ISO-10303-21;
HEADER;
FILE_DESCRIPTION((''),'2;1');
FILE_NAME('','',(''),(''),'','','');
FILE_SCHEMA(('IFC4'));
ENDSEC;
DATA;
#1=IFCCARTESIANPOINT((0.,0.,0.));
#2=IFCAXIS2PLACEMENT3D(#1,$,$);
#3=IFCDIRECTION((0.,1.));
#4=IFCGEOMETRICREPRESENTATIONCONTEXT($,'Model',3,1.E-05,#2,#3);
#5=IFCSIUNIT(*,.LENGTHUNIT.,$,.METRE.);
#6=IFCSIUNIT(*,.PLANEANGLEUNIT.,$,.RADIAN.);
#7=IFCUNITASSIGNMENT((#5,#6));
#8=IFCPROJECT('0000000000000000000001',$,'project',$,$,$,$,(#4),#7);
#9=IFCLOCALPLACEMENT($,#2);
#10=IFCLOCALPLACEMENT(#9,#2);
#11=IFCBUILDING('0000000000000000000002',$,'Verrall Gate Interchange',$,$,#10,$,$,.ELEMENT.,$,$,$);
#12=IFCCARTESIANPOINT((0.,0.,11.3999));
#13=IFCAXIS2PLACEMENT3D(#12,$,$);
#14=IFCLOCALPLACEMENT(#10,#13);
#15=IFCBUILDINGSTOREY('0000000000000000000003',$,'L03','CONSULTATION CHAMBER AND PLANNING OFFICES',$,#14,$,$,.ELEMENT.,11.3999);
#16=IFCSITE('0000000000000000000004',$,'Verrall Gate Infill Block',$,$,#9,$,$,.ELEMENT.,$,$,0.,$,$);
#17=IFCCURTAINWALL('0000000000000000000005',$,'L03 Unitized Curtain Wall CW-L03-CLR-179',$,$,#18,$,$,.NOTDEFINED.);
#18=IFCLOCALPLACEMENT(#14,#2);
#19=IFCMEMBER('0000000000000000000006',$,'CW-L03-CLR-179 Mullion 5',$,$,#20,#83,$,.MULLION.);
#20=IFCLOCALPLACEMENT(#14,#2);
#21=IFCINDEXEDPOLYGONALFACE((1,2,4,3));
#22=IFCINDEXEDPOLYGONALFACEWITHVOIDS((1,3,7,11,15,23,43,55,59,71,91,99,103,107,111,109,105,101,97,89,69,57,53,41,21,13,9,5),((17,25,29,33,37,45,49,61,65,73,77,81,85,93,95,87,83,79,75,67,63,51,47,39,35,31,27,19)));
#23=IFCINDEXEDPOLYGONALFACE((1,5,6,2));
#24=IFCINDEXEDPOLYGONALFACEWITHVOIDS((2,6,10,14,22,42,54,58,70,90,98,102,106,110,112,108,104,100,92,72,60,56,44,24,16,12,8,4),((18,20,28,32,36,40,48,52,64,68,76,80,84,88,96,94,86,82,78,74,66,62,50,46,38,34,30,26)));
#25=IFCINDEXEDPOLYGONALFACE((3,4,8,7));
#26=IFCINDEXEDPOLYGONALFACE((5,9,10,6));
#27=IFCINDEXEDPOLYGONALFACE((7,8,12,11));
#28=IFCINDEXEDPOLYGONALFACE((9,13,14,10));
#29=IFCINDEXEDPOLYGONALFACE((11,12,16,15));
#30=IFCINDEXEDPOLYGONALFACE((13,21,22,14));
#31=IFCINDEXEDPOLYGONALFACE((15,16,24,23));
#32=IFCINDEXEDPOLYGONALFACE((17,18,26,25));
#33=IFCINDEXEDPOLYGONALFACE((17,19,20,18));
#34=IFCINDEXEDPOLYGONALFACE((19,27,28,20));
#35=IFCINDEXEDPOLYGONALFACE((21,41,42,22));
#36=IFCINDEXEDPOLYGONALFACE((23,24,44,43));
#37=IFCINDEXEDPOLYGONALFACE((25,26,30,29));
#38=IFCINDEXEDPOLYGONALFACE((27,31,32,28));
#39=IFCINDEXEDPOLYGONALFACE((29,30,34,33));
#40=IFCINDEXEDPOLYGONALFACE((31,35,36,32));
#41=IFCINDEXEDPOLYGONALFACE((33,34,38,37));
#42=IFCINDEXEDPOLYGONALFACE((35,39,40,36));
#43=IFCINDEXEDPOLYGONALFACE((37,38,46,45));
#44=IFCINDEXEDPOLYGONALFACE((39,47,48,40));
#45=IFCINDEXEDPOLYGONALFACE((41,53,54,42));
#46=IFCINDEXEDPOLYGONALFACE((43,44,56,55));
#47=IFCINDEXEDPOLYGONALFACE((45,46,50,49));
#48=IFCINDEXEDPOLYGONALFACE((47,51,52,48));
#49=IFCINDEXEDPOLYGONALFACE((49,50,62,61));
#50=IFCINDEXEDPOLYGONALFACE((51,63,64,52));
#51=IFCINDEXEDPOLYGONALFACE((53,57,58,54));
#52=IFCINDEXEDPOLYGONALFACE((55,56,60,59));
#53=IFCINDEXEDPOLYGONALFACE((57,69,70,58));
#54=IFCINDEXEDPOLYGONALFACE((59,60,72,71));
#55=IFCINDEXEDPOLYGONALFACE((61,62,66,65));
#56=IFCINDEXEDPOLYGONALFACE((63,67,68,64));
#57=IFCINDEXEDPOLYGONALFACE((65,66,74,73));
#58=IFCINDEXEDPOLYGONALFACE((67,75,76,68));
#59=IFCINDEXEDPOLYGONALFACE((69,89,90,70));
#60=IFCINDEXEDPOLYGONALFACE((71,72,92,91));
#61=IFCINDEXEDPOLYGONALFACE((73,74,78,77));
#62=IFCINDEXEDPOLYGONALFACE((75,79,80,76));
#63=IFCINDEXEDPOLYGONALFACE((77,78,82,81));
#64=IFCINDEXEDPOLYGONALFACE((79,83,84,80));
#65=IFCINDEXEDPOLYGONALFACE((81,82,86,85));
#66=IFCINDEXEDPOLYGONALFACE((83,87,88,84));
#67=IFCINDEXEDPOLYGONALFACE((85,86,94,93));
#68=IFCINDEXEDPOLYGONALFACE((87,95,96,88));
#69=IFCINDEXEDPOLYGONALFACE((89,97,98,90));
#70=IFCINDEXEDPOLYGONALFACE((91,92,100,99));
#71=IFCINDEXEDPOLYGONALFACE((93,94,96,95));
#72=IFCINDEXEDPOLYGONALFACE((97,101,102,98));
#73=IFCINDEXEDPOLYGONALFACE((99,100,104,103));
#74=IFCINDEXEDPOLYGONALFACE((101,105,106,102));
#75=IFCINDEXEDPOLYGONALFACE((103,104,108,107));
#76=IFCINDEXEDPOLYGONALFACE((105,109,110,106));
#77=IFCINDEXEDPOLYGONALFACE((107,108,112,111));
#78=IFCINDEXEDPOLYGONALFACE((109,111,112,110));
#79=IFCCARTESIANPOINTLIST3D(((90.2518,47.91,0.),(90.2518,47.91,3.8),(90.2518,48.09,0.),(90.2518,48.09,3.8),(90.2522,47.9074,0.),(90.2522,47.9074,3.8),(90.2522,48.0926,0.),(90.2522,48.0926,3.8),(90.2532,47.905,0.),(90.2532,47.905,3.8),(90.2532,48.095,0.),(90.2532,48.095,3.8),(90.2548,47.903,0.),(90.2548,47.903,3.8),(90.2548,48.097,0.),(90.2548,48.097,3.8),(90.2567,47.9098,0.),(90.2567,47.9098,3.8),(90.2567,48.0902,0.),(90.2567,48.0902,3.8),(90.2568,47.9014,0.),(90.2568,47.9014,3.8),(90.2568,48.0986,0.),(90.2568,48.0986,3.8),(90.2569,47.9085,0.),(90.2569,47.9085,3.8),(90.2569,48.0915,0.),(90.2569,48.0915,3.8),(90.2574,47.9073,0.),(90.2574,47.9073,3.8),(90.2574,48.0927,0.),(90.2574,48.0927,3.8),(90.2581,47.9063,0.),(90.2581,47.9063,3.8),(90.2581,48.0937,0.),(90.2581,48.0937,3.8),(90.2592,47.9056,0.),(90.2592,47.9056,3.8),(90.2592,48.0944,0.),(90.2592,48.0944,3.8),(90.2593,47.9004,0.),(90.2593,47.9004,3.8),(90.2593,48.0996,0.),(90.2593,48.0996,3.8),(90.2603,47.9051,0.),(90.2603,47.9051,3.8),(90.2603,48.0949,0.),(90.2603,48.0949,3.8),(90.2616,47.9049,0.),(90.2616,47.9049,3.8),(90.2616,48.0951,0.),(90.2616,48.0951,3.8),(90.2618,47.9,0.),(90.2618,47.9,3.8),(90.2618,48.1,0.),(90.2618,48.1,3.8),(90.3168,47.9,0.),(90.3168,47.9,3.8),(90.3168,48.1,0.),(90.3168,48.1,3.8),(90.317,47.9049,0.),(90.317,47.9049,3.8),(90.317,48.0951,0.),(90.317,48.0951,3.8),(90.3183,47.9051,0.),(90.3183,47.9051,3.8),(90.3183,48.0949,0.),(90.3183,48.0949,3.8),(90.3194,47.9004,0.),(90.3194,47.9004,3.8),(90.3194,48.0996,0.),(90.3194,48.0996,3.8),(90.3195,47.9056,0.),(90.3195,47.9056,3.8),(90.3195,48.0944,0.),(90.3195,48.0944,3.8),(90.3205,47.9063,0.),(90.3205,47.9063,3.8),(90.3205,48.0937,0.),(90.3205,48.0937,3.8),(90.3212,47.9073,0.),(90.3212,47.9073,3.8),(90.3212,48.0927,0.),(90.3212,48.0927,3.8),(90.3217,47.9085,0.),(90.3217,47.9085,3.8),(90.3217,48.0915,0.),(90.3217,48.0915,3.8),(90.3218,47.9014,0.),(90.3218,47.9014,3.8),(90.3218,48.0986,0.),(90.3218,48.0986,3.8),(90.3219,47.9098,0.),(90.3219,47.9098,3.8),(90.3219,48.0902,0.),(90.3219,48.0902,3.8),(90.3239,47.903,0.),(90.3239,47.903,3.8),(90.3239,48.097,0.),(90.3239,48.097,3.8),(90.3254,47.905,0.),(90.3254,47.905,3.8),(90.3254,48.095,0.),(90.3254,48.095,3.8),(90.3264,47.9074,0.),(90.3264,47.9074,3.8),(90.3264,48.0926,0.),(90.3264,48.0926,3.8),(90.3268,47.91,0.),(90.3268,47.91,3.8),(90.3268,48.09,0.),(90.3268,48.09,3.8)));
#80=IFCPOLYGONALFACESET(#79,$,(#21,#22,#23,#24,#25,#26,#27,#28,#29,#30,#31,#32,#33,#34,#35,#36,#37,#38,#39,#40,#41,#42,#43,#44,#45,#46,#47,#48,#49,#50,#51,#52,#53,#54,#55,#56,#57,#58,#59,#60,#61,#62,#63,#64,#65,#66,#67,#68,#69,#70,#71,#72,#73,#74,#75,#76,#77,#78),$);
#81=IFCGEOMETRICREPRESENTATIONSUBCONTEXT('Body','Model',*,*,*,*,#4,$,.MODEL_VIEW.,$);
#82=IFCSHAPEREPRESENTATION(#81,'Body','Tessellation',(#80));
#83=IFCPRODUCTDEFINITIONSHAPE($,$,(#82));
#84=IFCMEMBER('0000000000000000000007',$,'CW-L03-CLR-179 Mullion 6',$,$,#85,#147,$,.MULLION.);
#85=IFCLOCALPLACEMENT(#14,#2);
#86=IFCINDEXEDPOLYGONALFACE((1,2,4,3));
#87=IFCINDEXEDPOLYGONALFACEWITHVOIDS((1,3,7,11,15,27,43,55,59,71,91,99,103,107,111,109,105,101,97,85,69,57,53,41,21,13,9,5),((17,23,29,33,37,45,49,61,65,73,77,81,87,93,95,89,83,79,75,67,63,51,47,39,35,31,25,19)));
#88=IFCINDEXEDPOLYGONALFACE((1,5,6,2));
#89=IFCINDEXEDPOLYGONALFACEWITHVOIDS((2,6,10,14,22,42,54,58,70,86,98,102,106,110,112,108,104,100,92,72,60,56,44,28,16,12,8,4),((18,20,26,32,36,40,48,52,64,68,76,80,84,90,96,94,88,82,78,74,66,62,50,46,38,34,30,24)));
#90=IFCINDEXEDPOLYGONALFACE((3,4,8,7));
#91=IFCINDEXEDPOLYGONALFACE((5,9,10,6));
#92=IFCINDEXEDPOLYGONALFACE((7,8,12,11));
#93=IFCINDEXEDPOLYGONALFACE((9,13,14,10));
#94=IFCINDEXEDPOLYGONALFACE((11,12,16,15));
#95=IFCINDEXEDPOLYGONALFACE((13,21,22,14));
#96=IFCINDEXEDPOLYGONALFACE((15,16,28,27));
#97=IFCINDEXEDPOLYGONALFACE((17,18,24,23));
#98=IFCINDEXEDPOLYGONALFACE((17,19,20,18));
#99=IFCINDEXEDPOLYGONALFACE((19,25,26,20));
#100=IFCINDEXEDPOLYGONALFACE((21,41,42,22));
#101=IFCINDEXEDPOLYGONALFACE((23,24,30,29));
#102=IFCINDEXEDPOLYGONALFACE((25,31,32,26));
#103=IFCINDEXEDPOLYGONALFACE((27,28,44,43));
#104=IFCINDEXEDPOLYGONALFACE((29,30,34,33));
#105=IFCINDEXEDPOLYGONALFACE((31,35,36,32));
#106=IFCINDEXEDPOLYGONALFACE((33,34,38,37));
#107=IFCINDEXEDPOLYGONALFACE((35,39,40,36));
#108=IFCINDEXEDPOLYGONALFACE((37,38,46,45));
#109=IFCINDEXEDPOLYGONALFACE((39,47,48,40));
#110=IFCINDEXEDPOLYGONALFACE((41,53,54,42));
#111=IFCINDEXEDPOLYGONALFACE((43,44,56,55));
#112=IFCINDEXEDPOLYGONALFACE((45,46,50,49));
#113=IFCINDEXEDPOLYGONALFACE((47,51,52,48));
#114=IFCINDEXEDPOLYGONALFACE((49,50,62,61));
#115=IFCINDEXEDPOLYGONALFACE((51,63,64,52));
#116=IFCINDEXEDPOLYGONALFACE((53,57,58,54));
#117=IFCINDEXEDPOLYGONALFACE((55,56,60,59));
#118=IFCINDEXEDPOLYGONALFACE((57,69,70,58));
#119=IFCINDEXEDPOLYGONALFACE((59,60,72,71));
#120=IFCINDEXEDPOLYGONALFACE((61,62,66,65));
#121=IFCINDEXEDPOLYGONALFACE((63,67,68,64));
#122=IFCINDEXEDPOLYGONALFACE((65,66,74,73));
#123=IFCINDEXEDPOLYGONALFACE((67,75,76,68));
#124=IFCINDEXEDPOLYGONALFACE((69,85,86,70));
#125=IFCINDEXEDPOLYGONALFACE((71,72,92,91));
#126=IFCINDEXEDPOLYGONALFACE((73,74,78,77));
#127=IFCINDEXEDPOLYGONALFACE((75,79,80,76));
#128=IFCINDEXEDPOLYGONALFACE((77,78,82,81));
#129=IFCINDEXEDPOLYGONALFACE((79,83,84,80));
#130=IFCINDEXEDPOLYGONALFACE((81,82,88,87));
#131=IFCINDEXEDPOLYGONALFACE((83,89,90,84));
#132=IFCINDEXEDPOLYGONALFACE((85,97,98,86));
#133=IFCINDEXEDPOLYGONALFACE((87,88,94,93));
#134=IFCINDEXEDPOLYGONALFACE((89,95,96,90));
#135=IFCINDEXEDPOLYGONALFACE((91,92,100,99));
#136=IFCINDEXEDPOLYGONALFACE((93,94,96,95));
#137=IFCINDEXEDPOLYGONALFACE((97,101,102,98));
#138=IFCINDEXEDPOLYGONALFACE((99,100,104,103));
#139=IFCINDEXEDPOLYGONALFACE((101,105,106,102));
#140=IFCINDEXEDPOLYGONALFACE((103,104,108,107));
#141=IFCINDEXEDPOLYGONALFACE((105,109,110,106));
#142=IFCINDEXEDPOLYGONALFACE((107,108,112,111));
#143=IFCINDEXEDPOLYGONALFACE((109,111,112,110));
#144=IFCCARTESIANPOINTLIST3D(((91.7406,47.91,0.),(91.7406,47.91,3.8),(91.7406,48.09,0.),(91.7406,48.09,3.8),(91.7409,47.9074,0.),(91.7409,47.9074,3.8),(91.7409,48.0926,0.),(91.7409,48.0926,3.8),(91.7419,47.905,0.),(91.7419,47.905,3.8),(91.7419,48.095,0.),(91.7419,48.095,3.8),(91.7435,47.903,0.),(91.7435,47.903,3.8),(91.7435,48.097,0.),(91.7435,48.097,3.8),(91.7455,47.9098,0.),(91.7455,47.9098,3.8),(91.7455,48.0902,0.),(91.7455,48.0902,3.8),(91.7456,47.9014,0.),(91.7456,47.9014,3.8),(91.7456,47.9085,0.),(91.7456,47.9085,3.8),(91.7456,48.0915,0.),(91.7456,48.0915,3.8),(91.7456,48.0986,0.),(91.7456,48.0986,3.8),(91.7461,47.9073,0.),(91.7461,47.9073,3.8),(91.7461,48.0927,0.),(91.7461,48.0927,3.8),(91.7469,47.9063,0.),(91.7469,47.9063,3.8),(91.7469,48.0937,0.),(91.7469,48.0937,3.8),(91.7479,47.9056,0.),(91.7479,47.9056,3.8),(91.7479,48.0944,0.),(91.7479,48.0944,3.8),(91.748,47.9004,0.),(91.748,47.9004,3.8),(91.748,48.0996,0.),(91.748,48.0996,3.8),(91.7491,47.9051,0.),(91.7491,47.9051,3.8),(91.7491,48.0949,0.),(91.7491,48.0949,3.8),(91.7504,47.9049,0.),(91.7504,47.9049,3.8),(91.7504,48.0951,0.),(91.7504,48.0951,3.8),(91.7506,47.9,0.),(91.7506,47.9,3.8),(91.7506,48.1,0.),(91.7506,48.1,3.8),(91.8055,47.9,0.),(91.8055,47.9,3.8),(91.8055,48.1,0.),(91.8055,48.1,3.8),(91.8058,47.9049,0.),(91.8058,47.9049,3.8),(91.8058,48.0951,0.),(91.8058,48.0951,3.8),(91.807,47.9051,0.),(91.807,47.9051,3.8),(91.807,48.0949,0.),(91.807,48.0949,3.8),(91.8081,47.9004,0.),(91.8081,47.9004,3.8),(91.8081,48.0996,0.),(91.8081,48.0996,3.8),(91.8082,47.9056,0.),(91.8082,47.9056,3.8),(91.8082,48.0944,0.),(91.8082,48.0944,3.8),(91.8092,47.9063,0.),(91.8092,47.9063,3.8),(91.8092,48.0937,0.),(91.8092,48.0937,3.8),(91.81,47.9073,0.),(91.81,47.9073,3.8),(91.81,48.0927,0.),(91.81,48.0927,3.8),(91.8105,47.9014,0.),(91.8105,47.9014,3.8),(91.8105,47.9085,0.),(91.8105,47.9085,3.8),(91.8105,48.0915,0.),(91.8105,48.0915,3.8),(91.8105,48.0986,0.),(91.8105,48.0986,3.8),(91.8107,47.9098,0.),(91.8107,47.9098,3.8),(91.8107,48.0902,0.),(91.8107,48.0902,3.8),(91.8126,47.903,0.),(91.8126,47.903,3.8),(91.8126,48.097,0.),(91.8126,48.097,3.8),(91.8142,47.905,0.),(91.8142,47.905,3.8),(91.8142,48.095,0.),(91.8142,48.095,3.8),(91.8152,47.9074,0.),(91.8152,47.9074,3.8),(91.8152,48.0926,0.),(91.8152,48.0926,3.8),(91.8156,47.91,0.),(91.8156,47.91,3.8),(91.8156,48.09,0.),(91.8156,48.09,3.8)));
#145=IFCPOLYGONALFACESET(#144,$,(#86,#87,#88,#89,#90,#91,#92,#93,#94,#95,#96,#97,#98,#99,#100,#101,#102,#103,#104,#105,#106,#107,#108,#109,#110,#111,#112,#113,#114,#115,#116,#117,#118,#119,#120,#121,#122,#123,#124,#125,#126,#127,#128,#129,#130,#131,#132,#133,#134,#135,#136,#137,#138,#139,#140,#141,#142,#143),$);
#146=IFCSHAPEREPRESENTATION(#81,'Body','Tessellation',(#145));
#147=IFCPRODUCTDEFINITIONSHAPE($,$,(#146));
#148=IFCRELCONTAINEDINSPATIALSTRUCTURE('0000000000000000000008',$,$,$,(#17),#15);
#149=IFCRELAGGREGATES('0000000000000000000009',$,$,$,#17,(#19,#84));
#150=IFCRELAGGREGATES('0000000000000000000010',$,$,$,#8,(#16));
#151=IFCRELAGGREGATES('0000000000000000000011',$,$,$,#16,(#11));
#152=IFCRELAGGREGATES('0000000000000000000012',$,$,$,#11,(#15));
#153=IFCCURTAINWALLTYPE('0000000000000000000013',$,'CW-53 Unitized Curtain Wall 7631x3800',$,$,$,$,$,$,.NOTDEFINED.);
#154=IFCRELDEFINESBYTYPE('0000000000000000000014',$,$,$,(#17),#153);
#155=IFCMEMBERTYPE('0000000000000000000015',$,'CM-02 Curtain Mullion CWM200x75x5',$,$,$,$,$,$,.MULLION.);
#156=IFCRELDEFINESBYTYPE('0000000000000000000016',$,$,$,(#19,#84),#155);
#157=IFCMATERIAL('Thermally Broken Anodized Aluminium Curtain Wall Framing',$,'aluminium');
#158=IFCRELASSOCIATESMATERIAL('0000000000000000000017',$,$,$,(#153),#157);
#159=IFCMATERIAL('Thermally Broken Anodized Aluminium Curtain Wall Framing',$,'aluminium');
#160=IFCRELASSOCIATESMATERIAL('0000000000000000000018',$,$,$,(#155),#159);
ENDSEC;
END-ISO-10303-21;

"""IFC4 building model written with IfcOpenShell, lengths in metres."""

from ifc_helpers import new_model, si_unit, direction, frame, origin, origin_2d, place, context, subcontext, project, spatial, hollow_rectangle, extrude, material, material_profile, profile_set, type_object, element, aggregate, save


model = new_model("IFC4")

# Units and contexts
model_context = context("Model", 3, precision=1e-05, world=origin(), true_north=direction((0.0, 1.0)))
body_context = subcontext(model_context, "Body", "Model", "MODEL_VIEW")
ifc_project = project(units=[si_unit("LENGTHUNIT", "METRE"), si_unit("PLANEANGLEUNIT", "RADIAN")], contexts=[model_context])

# Site, building, storey
site_placement = place(None, origin())
site = spatial("IfcSite", under=ifc_project, at=site_placement, Name="Verrall Gate Infill Block", CompositionType="ELEMENT", RefElevation=0.0)
building_placement = place(site_placement, origin())
building = spatial("IfcBuilding", under=site, at=building_placement, Name="Verrall Gate Interchange", CompositionType="ELEMENT")
storey_placement = place(building_placement, frame((0.0, 0.0, 11.3999)))
storey = spatial("IfcBuildingStorey", under=building, at=storey_placement, Name="L03", Description="CONSULTATION CHAMBER AND PLANNING OFFICES", CompositionType="ELEMENT", Elevation=11.3999)

# Curtain wall, members
ifc_material_1 = material(Name="Thermally Broken Anodized Aluminium Curtain Wall Framing", Category="aluminium")
curtain_wall_type = type_object("IfcCurtainWallType", Name="CW-53 Unitized Curtain Wall 7631x3800", PredefinedType="NOTDEFINED", material=ifc_material_1)
curtain_wall_1_placement = place(storey_placement, origin())
curtain_wall_1 = element("IfcCurtainWall", 1, at=curtain_wall_1_placement, inside=storey, type_object=curtain_wall_type, Name="L03 Unitized Curtain Wall CW-L03-CLR-179", PredefinedType="NOTDEFINED")
ifc_material_2 = material(Name="Thermally Broken Anodized Aluminium Curtain Wall Framing", Category="aluminium")
ifc_material_profile_1 = material_profile(ifc_material_2, hollow_rectangle(XDim=0.075, YDim=0.2, WallThickness=0.0049, InnerFilletRadius=0.0049, OuterFilletRadius=0.01, at=origin_2d()), Name="CWM200x75x5")
ifc_profile_set_1 = profile_set([ifc_material_profile_1], Name="Thermally Broken Anodized Aluminium Curtain Wall Framing")
member_type_1 = type_object("IfcMemberType", Name="CM-02 Curtain Mullion CWM200x75x5", PredefinedType="MULLION", material=ifc_profile_set_1)
member_1_placement = place(storey_placement, frame((90.2893, 48.0, 0.0), z_axis=(0.0, 0.0, 1.0), x_axis=(1.0, 0.0, 0.0)))
member_1 = element("IfcMember", 2, at=member_1_placement, type_object=member_type_1, Name="CW-L03-CLR-179 Mullion 5", PredefinedType="MULLION", context=body_context, shape_type="SweptSolid", body=[
    extrude(hollow_rectangle(XDim=0.075, YDim=0.2, WallThickness=0.0049, InnerFilletRadius=0.0049, OuterFilletRadius=0.01, at=origin_2d()), origin(), (0.0, 0.0, 1.0), 3.8),
])
member_2_placement = place(storey_placement, frame((91.7781, 48.0, 0.0), z_axis=(0.0, 0.0, 1.0), x_axis=(1.0, 0.0, 0.0)))
member_2 = element("IfcMember", 3, at=member_2_placement, type_object=member_type_1, Name="CW-L03-CLR-179 Mullion 6", PredefinedType="MULLION", context=body_context, shape_type="SweptSolid", body=[
    extrude(hollow_rectangle(XDim=0.075, YDim=0.2, WallThickness=0.0049, InnerFilletRadius=0.0049, OuterFilletRadius=0.01, at=origin_2d()), origin(), (0.0, 0.0, 1.0), 3.8),
])

aggregate(curtain_wall_1, [member_1, member_2])

save(model, "model.ifc")
